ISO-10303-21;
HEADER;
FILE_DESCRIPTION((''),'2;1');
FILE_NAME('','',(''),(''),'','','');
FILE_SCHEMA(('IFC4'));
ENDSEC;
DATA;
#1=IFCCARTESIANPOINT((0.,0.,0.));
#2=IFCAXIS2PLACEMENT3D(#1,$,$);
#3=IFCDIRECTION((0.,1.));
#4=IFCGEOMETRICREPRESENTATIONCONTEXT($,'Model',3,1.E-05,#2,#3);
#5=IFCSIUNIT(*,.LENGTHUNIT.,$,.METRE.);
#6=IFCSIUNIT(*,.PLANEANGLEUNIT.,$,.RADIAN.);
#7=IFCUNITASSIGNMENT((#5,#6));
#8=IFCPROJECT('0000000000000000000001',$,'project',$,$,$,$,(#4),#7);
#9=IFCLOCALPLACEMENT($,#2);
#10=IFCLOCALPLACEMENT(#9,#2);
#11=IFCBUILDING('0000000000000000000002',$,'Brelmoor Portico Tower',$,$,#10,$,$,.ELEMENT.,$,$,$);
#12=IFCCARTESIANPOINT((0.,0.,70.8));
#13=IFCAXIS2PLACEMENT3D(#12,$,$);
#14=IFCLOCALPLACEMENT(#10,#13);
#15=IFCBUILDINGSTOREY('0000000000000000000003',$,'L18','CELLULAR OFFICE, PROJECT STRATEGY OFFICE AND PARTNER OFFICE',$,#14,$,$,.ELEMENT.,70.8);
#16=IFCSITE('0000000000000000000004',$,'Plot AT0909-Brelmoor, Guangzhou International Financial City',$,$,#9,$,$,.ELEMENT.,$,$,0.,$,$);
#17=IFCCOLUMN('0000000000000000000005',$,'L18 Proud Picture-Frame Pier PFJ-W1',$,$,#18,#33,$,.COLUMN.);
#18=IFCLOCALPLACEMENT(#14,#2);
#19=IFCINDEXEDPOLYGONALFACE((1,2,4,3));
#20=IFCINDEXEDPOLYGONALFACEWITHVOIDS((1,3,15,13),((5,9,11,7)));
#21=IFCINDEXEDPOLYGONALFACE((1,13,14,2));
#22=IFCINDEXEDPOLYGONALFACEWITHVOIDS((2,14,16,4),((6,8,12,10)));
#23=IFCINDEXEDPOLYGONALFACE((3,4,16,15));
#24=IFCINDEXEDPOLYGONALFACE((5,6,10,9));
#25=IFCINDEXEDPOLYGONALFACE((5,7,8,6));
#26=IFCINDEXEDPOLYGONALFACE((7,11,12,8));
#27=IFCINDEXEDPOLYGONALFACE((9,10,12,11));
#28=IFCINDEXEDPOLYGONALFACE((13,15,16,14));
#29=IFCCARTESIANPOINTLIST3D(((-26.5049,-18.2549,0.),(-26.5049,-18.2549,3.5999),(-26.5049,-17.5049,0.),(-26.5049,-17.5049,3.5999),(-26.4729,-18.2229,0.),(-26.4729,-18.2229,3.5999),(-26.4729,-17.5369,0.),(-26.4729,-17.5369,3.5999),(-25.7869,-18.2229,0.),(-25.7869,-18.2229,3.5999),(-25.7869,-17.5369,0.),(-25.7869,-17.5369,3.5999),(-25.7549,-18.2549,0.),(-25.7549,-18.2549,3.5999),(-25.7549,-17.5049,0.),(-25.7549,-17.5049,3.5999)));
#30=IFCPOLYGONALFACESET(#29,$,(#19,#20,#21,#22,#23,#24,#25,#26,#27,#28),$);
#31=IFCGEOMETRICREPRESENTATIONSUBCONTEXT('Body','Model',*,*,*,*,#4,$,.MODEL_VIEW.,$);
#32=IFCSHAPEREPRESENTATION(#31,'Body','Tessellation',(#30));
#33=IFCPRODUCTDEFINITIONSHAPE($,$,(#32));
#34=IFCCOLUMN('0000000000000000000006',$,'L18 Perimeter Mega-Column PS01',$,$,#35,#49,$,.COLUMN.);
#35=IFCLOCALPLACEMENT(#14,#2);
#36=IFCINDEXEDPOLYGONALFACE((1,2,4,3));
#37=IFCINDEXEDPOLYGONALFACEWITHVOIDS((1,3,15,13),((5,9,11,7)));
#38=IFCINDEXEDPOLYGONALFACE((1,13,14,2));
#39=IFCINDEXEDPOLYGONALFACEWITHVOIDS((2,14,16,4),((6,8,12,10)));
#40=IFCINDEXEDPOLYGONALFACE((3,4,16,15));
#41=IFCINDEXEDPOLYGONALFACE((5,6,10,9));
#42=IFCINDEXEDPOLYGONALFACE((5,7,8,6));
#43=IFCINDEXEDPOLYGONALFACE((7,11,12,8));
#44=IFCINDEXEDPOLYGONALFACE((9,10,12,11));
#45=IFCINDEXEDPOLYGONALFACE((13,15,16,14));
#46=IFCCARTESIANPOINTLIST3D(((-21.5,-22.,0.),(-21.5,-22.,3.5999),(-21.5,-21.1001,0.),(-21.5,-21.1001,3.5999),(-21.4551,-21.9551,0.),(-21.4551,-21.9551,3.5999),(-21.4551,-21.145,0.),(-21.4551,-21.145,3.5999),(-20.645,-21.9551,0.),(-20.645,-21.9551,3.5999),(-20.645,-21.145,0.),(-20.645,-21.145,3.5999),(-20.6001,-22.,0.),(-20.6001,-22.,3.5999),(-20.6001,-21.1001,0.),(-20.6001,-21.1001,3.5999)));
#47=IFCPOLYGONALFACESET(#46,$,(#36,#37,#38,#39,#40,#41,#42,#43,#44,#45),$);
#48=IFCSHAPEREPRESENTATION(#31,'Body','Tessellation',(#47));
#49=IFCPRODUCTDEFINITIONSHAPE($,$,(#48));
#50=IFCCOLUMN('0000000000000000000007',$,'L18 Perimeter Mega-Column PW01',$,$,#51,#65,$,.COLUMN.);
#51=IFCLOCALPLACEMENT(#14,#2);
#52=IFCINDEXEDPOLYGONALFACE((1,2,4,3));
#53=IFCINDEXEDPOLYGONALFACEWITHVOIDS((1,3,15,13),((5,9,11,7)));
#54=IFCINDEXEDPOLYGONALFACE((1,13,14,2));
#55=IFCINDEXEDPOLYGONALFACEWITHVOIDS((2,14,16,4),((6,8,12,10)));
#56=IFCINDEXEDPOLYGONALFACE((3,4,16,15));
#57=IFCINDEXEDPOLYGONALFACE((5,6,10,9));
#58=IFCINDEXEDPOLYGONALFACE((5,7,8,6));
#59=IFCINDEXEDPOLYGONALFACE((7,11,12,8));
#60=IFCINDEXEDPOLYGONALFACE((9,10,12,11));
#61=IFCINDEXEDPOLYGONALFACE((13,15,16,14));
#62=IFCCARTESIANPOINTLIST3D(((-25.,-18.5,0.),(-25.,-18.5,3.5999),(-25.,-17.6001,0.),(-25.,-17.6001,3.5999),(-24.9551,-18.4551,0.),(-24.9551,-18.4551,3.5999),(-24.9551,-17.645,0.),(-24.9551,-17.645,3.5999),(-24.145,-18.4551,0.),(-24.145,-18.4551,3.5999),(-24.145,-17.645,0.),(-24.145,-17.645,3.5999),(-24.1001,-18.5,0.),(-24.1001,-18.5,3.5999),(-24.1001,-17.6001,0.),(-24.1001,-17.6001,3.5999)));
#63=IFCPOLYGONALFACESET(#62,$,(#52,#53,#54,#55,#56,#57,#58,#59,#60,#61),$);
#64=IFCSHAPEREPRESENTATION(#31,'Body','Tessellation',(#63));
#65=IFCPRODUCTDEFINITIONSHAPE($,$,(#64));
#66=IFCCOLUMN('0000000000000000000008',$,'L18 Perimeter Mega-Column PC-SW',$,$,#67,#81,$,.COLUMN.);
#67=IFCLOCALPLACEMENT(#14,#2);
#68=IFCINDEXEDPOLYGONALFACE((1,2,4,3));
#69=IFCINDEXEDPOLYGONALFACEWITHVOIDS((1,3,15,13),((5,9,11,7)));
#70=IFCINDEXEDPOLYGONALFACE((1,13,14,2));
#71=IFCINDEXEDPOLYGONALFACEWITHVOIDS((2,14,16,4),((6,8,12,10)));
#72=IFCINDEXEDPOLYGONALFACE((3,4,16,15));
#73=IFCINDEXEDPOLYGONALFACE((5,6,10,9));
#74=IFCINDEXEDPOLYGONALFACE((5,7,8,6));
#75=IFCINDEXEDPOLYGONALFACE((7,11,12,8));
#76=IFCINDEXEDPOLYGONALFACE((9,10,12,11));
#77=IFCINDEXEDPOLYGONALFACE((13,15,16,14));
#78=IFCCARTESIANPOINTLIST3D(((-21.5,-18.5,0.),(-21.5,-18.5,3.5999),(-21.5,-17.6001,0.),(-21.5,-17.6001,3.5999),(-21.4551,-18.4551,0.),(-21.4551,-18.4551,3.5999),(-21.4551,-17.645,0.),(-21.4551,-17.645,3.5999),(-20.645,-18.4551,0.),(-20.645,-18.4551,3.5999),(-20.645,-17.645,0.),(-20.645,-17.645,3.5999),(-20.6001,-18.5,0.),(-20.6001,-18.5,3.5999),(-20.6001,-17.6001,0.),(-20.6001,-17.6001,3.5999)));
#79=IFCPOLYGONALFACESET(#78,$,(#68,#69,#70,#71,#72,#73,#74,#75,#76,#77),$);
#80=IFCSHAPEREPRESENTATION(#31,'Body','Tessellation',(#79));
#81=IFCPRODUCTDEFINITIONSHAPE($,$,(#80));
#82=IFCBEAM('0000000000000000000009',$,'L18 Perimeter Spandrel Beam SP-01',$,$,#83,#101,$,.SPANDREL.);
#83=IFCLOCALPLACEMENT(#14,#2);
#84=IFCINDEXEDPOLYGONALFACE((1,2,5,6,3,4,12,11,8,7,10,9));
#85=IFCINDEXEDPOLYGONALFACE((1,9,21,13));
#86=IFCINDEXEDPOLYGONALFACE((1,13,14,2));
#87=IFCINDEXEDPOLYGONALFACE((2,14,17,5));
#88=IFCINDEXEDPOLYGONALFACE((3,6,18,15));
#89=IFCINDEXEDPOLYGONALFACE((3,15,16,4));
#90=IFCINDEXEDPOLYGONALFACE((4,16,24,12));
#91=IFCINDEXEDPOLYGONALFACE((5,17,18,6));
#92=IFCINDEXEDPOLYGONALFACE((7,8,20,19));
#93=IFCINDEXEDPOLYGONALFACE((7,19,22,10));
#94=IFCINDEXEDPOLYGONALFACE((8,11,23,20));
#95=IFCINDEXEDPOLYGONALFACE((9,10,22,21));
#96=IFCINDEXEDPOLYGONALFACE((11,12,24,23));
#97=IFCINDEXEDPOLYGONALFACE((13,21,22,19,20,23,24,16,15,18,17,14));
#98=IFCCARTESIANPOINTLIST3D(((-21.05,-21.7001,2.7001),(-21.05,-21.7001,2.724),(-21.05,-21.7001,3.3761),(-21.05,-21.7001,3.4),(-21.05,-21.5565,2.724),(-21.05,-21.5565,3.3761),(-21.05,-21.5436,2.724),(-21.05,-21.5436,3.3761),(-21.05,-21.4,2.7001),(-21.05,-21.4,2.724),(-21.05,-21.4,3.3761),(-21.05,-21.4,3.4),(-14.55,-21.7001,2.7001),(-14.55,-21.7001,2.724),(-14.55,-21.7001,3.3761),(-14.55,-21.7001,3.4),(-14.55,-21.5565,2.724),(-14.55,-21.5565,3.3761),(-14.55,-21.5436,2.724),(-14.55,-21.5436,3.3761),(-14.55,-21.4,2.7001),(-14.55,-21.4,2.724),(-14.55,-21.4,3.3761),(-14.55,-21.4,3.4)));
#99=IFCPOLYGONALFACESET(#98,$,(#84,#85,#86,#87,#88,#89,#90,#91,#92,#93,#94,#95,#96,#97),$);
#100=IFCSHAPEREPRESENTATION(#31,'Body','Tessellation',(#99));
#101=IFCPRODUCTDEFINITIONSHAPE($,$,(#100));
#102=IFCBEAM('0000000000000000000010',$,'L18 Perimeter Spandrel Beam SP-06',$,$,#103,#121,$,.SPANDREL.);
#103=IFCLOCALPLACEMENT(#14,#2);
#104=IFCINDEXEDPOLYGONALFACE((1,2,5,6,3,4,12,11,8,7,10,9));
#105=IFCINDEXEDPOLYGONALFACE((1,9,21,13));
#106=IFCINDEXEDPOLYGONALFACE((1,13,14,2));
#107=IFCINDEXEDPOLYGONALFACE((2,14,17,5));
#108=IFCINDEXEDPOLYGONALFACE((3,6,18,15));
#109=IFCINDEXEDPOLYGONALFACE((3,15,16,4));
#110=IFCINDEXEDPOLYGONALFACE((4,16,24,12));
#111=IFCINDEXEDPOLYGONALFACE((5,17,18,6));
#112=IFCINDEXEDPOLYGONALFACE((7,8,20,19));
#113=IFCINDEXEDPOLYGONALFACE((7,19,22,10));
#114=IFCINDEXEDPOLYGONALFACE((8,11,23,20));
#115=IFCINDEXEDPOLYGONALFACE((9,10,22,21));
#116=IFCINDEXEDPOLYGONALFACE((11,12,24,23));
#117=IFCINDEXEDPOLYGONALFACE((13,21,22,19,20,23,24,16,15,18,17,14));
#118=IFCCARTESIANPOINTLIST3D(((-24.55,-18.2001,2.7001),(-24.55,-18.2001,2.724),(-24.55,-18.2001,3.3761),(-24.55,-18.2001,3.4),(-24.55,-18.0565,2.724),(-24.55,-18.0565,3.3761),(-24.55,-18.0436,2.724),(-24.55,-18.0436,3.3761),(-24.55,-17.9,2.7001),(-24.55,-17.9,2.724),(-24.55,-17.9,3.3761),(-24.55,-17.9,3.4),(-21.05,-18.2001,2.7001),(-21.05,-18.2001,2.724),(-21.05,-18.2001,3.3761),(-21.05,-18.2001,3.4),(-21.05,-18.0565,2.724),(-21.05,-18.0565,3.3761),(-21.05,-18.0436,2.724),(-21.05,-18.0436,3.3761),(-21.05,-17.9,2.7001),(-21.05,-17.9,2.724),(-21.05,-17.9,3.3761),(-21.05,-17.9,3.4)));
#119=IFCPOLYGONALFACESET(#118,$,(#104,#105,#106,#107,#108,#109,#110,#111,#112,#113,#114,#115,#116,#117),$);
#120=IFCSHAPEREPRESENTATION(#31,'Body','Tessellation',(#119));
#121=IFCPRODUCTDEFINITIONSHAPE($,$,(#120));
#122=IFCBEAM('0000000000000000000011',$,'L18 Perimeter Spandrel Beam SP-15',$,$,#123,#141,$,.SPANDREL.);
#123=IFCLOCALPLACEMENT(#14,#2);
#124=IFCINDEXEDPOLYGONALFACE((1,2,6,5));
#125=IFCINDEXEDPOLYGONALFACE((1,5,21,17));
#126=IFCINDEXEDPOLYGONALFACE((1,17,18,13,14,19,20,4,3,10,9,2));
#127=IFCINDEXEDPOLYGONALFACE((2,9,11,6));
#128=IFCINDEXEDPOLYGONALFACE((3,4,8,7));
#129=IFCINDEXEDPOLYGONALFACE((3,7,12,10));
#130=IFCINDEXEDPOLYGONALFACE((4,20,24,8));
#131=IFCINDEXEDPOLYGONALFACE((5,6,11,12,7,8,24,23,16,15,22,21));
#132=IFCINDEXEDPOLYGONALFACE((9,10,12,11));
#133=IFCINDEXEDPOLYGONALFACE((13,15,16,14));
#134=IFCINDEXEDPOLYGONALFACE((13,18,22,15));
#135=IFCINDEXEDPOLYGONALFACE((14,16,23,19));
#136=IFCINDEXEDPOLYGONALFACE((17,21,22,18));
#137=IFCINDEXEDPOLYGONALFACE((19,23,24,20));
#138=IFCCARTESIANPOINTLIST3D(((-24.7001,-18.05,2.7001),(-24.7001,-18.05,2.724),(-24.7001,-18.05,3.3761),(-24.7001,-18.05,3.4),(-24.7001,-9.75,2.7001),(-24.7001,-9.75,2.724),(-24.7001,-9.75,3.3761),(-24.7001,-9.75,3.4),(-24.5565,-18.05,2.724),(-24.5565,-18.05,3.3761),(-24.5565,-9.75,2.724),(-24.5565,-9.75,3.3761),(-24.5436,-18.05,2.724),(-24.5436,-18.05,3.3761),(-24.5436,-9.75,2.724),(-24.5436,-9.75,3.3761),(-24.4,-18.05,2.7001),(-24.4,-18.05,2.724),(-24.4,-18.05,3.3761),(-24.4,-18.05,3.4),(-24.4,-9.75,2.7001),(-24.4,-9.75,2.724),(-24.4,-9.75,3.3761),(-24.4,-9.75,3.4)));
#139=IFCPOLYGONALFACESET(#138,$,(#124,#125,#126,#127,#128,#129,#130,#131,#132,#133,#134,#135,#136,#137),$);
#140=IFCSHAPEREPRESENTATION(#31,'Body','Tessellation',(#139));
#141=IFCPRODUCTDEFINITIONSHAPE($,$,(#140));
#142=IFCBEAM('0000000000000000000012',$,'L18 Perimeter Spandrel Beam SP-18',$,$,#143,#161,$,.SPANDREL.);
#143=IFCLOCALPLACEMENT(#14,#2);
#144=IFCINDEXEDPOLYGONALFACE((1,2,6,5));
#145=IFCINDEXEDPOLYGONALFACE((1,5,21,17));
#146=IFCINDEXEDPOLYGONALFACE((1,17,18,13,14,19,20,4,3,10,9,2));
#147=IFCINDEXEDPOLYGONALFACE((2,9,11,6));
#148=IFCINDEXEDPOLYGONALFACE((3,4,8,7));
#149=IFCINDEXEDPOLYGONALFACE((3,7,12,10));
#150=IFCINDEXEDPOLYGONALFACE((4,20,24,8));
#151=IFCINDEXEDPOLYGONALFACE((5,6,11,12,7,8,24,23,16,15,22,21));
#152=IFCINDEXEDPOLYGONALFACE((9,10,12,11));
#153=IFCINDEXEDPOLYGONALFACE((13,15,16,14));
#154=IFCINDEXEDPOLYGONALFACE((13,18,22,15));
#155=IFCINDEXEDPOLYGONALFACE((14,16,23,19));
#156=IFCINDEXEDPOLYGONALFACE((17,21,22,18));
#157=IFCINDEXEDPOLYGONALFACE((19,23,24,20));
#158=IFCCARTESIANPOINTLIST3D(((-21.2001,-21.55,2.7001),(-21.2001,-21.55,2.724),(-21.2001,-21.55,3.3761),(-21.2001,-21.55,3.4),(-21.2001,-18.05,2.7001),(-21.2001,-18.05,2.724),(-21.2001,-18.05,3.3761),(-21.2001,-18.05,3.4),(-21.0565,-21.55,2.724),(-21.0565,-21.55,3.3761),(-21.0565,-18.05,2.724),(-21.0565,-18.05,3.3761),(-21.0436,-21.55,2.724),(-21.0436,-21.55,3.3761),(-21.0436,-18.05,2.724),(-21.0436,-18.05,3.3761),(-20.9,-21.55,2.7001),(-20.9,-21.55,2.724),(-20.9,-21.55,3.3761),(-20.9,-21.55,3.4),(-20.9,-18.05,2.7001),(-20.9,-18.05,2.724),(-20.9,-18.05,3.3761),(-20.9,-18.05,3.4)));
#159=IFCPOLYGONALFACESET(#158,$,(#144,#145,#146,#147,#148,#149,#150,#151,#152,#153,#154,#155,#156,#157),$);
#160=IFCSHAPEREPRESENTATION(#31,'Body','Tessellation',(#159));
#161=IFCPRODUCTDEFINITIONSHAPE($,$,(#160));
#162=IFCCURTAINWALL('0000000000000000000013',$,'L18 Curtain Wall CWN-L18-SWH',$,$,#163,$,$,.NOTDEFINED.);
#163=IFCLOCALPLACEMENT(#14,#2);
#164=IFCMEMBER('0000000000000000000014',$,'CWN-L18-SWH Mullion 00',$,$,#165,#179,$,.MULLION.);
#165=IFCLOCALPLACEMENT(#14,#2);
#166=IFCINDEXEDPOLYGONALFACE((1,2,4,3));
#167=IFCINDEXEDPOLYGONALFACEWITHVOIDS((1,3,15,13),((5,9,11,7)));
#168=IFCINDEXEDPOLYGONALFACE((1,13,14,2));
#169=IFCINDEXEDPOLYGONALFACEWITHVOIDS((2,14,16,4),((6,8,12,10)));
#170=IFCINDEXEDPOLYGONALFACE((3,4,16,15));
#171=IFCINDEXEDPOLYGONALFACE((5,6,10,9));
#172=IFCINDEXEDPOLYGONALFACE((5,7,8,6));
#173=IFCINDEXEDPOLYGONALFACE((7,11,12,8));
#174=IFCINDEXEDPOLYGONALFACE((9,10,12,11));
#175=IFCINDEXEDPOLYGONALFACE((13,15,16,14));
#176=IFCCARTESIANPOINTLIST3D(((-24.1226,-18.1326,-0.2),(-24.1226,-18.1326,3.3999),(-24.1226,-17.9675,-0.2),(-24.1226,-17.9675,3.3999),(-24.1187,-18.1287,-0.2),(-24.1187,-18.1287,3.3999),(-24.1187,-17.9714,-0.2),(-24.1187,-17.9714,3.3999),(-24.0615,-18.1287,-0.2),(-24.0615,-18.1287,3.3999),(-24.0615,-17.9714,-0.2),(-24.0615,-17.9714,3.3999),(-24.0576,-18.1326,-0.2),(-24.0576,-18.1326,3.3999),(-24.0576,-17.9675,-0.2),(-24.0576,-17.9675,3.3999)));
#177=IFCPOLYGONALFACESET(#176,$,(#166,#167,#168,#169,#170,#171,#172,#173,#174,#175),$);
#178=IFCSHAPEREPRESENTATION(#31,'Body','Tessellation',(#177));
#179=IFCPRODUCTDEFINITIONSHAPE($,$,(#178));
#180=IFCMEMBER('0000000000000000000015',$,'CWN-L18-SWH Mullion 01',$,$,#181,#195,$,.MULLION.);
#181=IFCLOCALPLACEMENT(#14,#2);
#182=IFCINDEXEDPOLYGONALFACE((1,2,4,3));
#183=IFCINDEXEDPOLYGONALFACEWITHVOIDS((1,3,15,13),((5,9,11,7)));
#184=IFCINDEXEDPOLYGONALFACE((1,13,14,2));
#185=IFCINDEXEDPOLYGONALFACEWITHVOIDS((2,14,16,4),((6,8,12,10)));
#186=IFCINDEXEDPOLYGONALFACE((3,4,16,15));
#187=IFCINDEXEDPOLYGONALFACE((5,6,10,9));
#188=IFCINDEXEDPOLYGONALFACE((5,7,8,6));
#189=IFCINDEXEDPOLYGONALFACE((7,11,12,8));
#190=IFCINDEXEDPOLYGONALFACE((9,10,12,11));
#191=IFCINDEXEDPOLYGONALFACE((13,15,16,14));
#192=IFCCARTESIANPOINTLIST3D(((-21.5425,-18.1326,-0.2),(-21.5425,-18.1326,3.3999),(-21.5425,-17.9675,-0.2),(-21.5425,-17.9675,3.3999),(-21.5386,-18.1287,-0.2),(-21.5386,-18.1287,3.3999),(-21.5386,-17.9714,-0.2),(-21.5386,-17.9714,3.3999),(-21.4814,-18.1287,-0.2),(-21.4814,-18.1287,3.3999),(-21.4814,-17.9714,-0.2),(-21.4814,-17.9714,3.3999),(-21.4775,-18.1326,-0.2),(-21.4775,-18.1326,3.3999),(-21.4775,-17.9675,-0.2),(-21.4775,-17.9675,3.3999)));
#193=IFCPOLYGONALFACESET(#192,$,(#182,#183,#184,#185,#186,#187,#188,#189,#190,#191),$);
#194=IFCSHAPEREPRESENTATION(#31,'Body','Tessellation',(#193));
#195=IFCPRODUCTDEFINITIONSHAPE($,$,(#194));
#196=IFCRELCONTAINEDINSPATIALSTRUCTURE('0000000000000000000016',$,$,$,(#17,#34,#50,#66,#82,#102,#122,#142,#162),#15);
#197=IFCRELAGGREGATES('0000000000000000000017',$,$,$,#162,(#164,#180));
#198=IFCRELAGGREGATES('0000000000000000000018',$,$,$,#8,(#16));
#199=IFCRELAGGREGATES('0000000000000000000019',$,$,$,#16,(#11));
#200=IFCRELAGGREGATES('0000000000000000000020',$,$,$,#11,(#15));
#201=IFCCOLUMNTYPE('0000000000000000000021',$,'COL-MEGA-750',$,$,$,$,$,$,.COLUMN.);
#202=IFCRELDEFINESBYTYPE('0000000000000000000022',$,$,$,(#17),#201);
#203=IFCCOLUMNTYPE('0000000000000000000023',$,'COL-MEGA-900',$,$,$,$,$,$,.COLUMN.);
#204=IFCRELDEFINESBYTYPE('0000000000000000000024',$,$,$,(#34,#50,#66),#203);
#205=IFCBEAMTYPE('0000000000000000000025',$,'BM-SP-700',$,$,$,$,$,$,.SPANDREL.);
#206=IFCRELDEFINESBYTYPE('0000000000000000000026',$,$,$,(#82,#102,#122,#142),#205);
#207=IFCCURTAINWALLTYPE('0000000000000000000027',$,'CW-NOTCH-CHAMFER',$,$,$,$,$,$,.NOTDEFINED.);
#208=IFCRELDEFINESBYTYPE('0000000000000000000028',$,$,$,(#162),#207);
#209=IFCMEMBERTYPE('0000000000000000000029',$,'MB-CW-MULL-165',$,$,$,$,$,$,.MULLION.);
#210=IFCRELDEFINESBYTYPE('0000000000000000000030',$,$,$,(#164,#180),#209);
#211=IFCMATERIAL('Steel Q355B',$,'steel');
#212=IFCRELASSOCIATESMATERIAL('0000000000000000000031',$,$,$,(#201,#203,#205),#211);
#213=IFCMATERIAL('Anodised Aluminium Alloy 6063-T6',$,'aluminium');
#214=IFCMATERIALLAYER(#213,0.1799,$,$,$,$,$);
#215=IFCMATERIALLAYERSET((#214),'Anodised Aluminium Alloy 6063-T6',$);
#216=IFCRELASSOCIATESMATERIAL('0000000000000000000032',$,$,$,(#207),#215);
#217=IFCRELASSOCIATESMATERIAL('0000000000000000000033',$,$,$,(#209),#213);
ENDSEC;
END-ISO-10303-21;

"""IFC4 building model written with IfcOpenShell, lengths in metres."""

from ifc_helpers import new_model, si_unit, direction, frame, origin, origin_2d, place, context, subcontext, project, spatial, hollow_rectangle, i_section, extrude, material, layer, layer_set, material_profile, profile_set, type_object, element, aggregate, save


model = new_model("IFC4")

# Units and contexts
model_context = context("Model", 3, precision=1e-05, world=origin(), true_north=direction((0.0, 1.0)))
body_context = subcontext(model_context, "Body", "Model", "MODEL_VIEW")
ifc_project = project(units=[si_unit("LENGTHUNIT", "METRE"), si_unit("PLANEANGLEUNIT", "RADIAN")], contexts=[model_context])

# Site, building, storey
site_placement = place(None, origin())
site = spatial("IfcSite", under=ifc_project, at=site_placement, Name="Plot AT0909-Brelmoor, Guangzhou International Financial City", CompositionType="ELEMENT", RefElevation=0.0)
building_placement = place(site_placement, origin())
building = spatial("IfcBuilding", under=site, at=building_placement, Name="Brelmoor Portico Tower", CompositionType="ELEMENT")
storey_placement = place(building_placement, frame((0.0, 0.0, 70.8)))
storey = spatial("IfcBuildingStorey", under=building, at=storey_placement, Name="L18", Description="CELLULAR OFFICE, PROJECT STRATEGY OFFICE AND PARTNER OFFICE", CompositionType="ELEMENT", Elevation=70.8)

# Columns
ifc_material_1 = material(Name="Steel Q355B", Category="steel")
ifc_material_profile_1 = material_profile(ifc_material_1, hollow_rectangle(XDim=0.75, YDim=0.75, WallThickness=0.032, at=origin_2d()), Name="BOX 750x750x32")
ifc_profile_set_1 = profile_set([ifc_material_profile_1], Name="Steel Q355B")
column_type_1 = type_object("IfcColumnType", Name="COL-MEGA-750", PredefinedType="COLUMN", material=ifc_profile_set_1)
column_placement = place(storey_placement, frame((-26.1299, -17.8799, 0.0), z_axis=(0.0, 0.0, 1.0), x_axis=(0.0, 1.0, 0.0)))
element("IfcColumn", 1, at=column_placement, inside=storey, type_object=column_type_1, Name="L18 Proud Picture-Frame Pier PFJ-W1", PredefinedType="COLUMN", context=body_context, shape_type="SweptSolid", body=[
    extrude(hollow_rectangle(XDim=0.75, YDim=0.75, WallThickness=0.032, at=origin_2d()), origin(), (0.0, 0.0, 1.0), 3.5999),
])
ifc_material_profile_2 = material_profile(ifc_material_1, hollow_rectangle(XDim=0.8999, YDim=0.8999, WallThickness=0.0449, at=origin_2d()), Name="BOX 900x900x45")
ifc_profile_set_2 = profile_set([ifc_material_profile_2], Name="Steel Q355B")
column_type_2 = type_object("IfcColumnType", Name="COL-MEGA-900", PredefinedType="COLUMN", material=ifc_profile_set_2)
for number, where, z_axis, x_axis, name in (
    (2, (-21.05, -21.55, 0.0), (0.0, 0.0, 1.0), (1.0, 0.0, 0.0), "L18 Perimeter Mega-Column PS01"),
    (3, (-24.55, -18.05, 0.0), (0.0, 0.0, 1.0), (0.0, 1.0, 0.0), "L18 Perimeter Mega-Column PW01"),
    (4, (-21.05, -18.05, 0.0), (0.0, 0.0, 1.0), (1.0, 0.0, 0.0), "L18 Perimeter Mega-Column PC-SW"),
):
    element("IfcColumn", number, at=place(storey_placement, frame(where, z_axis=z_axis, x_axis=x_axis)), inside=storey, type_object=column_type_2, Name=name, PredefinedType="COLUMN", context=body_context, shape_type="SweptSolid", body=[
        extrude(hollow_rectangle(XDim=0.8999, YDim=0.8999, WallThickness=0.0449, at=origin_2d()), origin(), (0.0, 0.0, 1.0), 3.5999),
    ])

# Beams
ifc_material_profile_3 = material_profile(ifc_material_1, i_section(OverallWidth=0.3, OverallDepth=0.7, WebThickness=0.0129, FlangeThickness=0.0239, at=origin_2d()), Name="HN 700x300x13x24")
ifc_profile_set_3 = profile_set([ifc_material_profile_3], Name="Steel Q355B")
beam_type = type_object("IfcBeamType", Name="BM-SP-700", PredefinedType="SPANDREL", material=ifc_profile_set_3)
beam_1_placement = place(storey_placement, frame((-21.05, -21.55, 3.05), z_axis=(1.0, 0.0, 0.0), x_axis=(0.0, 1.0, 0.0)))
element("IfcBeam", 5, at=beam_1_placement, inside=storey, type_object=beam_type, Name="L18 Perimeter Spandrel Beam SP-01", PredefinedType="SPANDREL", context=body_context, shape_type="SweptSolid", body=[
    extrude(i_section(OverallWidth=0.3, OverallDepth=0.7, WebThickness=0.0129, FlangeThickness=0.0239, at=origin_2d()), origin(), (0.0, 0.0, 1.0), 6.5),
])
beam_2_placement = place(storey_placement, frame((-24.55, -18.05, 3.05), z_axis=(1.0, 0.0, 0.0), x_axis=(0.0, 1.0, 0.0)))
element("IfcBeam", 6, at=beam_2_placement, inside=storey, type_object=beam_type, Name="L18 Perimeter Spandrel Beam SP-06", PredefinedType="SPANDREL", context=body_context, shape_type="SweptSolid", body=[
    extrude(i_section(OverallWidth=0.3, OverallDepth=0.7, WebThickness=0.0129, FlangeThickness=0.0239, at=origin_2d()), origin(), (0.0, 0.0, 1.0), 3.5),
])
beam_3_placement = place(storey_placement, frame((-24.55, -18.05, 3.05), z_axis=(0.0, 1.0, 0.0), x_axis=(-1.0, 0.0, 0.0)))
element("IfcBeam", 7, at=beam_3_placement, inside=storey, type_object=beam_type, Name="L18 Perimeter Spandrel Beam SP-15", PredefinedType="SPANDREL", context=body_context, shape_type="SweptSolid", body=[
    extrude(i_section(OverallWidth=0.3, OverallDepth=0.7, WebThickness=0.0129, FlangeThickness=0.0239, at=origin_2d()), origin(), (0.0, 0.0, 1.0), 8.3),
])
beam_4_placement = place(storey_placement, frame((-21.05, -21.55, 3.05), z_axis=(0.0, 1.0, 0.0), x_axis=(-1.0, 0.0, 0.0)))
element("IfcBeam", 8, at=beam_4_placement, inside=storey, type_object=beam_type, Name="L18 Perimeter Spandrel Beam SP-18", PredefinedType="SPANDREL", context=body_context, shape_type="SweptSolid", body=[
    extrude(i_section(OverallWidth=0.3, OverallDepth=0.7, WebThickness=0.0129, FlangeThickness=0.0239, at=origin_2d()), origin(), (0.0, 0.0, 1.0), 3.5),
])

# Curtain wall, members
ifc_material_2 = material(Name="Anodised Aluminium Alloy 6063-T6", Category="aluminium")
ifc_layer_1 = layer(ifc_material_2, 0.1799)
ifc_layer_set_1 = layer_set([ifc_layer_1], Name="Anodised Aluminium Alloy 6063-T6")
curtain_wall_type = type_object("IfcCurtainWallType", Name="CW-NOTCH-CHAMFER", PredefinedType="NOTDEFINED", material=ifc_layer_set_1)
curtain_wall_1_placement = place(storey_placement, origin())
curtain_wall_1 = element("IfcCurtainWall", 9, at=curtain_wall_1_placement, inside=storey, type_object=curtain_wall_type, Name="L18 Curtain Wall CWN-L18-SWH", PredefinedType="NOTDEFINED")
ifc_material_profile_4 = material_profile(ifc_material_2, hollow_rectangle(XDim=0.0649, YDim=0.165, WallThickness=0.0039, at=origin_2d()), Name="ALU MULLION 65x165")
ifc_profile_set_4 = profile_set([ifc_material_profile_4], Name="Anodised Aluminium Alloy 6063-T6")
member_type_1 = type_object("IfcMemberType", Name="MB-CW-MULL-165", PredefinedType="MULLION", material=ifc_profile_set_4)
member_1_placement = place(storey_placement, frame((-24.0901, -18.05, -0.2), z_axis=(0.0, 0.0, 1.0), x_axis=(1.0, 0.0, 0.0)))
member_1 = element("IfcMember", 10, at=member_1_placement, type_object=member_type_1, Name="CWN-L18-SWH Mullion 00", PredefinedType="MULLION", context=body_context, shape_type="SweptSolid", body=[
    extrude(hollow_rectangle(XDim=0.0649, YDim=0.165, WallThickness=0.0039, at=origin_2d()), origin(), (0.0, 0.0, 1.0), 3.5999),
])
member_2_placement = place(storey_placement, frame((-21.51, -18.05, -0.2), z_axis=(0.0, 0.0, 1.0), x_axis=(1.0, 0.0, 0.0)))
member_2 = element("IfcMember", 11, at=member_2_placement, type_object=member_type_1, Name="CWN-L18-SWH Mullion 01", PredefinedType="MULLION", context=body_context, shape_type="SweptSolid", body=[
    extrude(hollow_rectangle(XDim=0.0649, YDim=0.165, WallThickness=0.0039, at=origin_2d()), origin(), (0.0, 0.0, 1.0), 3.5999),
])

aggregate(curtain_wall_1, [member_1, member_2])

save(model, "model.ifc")
